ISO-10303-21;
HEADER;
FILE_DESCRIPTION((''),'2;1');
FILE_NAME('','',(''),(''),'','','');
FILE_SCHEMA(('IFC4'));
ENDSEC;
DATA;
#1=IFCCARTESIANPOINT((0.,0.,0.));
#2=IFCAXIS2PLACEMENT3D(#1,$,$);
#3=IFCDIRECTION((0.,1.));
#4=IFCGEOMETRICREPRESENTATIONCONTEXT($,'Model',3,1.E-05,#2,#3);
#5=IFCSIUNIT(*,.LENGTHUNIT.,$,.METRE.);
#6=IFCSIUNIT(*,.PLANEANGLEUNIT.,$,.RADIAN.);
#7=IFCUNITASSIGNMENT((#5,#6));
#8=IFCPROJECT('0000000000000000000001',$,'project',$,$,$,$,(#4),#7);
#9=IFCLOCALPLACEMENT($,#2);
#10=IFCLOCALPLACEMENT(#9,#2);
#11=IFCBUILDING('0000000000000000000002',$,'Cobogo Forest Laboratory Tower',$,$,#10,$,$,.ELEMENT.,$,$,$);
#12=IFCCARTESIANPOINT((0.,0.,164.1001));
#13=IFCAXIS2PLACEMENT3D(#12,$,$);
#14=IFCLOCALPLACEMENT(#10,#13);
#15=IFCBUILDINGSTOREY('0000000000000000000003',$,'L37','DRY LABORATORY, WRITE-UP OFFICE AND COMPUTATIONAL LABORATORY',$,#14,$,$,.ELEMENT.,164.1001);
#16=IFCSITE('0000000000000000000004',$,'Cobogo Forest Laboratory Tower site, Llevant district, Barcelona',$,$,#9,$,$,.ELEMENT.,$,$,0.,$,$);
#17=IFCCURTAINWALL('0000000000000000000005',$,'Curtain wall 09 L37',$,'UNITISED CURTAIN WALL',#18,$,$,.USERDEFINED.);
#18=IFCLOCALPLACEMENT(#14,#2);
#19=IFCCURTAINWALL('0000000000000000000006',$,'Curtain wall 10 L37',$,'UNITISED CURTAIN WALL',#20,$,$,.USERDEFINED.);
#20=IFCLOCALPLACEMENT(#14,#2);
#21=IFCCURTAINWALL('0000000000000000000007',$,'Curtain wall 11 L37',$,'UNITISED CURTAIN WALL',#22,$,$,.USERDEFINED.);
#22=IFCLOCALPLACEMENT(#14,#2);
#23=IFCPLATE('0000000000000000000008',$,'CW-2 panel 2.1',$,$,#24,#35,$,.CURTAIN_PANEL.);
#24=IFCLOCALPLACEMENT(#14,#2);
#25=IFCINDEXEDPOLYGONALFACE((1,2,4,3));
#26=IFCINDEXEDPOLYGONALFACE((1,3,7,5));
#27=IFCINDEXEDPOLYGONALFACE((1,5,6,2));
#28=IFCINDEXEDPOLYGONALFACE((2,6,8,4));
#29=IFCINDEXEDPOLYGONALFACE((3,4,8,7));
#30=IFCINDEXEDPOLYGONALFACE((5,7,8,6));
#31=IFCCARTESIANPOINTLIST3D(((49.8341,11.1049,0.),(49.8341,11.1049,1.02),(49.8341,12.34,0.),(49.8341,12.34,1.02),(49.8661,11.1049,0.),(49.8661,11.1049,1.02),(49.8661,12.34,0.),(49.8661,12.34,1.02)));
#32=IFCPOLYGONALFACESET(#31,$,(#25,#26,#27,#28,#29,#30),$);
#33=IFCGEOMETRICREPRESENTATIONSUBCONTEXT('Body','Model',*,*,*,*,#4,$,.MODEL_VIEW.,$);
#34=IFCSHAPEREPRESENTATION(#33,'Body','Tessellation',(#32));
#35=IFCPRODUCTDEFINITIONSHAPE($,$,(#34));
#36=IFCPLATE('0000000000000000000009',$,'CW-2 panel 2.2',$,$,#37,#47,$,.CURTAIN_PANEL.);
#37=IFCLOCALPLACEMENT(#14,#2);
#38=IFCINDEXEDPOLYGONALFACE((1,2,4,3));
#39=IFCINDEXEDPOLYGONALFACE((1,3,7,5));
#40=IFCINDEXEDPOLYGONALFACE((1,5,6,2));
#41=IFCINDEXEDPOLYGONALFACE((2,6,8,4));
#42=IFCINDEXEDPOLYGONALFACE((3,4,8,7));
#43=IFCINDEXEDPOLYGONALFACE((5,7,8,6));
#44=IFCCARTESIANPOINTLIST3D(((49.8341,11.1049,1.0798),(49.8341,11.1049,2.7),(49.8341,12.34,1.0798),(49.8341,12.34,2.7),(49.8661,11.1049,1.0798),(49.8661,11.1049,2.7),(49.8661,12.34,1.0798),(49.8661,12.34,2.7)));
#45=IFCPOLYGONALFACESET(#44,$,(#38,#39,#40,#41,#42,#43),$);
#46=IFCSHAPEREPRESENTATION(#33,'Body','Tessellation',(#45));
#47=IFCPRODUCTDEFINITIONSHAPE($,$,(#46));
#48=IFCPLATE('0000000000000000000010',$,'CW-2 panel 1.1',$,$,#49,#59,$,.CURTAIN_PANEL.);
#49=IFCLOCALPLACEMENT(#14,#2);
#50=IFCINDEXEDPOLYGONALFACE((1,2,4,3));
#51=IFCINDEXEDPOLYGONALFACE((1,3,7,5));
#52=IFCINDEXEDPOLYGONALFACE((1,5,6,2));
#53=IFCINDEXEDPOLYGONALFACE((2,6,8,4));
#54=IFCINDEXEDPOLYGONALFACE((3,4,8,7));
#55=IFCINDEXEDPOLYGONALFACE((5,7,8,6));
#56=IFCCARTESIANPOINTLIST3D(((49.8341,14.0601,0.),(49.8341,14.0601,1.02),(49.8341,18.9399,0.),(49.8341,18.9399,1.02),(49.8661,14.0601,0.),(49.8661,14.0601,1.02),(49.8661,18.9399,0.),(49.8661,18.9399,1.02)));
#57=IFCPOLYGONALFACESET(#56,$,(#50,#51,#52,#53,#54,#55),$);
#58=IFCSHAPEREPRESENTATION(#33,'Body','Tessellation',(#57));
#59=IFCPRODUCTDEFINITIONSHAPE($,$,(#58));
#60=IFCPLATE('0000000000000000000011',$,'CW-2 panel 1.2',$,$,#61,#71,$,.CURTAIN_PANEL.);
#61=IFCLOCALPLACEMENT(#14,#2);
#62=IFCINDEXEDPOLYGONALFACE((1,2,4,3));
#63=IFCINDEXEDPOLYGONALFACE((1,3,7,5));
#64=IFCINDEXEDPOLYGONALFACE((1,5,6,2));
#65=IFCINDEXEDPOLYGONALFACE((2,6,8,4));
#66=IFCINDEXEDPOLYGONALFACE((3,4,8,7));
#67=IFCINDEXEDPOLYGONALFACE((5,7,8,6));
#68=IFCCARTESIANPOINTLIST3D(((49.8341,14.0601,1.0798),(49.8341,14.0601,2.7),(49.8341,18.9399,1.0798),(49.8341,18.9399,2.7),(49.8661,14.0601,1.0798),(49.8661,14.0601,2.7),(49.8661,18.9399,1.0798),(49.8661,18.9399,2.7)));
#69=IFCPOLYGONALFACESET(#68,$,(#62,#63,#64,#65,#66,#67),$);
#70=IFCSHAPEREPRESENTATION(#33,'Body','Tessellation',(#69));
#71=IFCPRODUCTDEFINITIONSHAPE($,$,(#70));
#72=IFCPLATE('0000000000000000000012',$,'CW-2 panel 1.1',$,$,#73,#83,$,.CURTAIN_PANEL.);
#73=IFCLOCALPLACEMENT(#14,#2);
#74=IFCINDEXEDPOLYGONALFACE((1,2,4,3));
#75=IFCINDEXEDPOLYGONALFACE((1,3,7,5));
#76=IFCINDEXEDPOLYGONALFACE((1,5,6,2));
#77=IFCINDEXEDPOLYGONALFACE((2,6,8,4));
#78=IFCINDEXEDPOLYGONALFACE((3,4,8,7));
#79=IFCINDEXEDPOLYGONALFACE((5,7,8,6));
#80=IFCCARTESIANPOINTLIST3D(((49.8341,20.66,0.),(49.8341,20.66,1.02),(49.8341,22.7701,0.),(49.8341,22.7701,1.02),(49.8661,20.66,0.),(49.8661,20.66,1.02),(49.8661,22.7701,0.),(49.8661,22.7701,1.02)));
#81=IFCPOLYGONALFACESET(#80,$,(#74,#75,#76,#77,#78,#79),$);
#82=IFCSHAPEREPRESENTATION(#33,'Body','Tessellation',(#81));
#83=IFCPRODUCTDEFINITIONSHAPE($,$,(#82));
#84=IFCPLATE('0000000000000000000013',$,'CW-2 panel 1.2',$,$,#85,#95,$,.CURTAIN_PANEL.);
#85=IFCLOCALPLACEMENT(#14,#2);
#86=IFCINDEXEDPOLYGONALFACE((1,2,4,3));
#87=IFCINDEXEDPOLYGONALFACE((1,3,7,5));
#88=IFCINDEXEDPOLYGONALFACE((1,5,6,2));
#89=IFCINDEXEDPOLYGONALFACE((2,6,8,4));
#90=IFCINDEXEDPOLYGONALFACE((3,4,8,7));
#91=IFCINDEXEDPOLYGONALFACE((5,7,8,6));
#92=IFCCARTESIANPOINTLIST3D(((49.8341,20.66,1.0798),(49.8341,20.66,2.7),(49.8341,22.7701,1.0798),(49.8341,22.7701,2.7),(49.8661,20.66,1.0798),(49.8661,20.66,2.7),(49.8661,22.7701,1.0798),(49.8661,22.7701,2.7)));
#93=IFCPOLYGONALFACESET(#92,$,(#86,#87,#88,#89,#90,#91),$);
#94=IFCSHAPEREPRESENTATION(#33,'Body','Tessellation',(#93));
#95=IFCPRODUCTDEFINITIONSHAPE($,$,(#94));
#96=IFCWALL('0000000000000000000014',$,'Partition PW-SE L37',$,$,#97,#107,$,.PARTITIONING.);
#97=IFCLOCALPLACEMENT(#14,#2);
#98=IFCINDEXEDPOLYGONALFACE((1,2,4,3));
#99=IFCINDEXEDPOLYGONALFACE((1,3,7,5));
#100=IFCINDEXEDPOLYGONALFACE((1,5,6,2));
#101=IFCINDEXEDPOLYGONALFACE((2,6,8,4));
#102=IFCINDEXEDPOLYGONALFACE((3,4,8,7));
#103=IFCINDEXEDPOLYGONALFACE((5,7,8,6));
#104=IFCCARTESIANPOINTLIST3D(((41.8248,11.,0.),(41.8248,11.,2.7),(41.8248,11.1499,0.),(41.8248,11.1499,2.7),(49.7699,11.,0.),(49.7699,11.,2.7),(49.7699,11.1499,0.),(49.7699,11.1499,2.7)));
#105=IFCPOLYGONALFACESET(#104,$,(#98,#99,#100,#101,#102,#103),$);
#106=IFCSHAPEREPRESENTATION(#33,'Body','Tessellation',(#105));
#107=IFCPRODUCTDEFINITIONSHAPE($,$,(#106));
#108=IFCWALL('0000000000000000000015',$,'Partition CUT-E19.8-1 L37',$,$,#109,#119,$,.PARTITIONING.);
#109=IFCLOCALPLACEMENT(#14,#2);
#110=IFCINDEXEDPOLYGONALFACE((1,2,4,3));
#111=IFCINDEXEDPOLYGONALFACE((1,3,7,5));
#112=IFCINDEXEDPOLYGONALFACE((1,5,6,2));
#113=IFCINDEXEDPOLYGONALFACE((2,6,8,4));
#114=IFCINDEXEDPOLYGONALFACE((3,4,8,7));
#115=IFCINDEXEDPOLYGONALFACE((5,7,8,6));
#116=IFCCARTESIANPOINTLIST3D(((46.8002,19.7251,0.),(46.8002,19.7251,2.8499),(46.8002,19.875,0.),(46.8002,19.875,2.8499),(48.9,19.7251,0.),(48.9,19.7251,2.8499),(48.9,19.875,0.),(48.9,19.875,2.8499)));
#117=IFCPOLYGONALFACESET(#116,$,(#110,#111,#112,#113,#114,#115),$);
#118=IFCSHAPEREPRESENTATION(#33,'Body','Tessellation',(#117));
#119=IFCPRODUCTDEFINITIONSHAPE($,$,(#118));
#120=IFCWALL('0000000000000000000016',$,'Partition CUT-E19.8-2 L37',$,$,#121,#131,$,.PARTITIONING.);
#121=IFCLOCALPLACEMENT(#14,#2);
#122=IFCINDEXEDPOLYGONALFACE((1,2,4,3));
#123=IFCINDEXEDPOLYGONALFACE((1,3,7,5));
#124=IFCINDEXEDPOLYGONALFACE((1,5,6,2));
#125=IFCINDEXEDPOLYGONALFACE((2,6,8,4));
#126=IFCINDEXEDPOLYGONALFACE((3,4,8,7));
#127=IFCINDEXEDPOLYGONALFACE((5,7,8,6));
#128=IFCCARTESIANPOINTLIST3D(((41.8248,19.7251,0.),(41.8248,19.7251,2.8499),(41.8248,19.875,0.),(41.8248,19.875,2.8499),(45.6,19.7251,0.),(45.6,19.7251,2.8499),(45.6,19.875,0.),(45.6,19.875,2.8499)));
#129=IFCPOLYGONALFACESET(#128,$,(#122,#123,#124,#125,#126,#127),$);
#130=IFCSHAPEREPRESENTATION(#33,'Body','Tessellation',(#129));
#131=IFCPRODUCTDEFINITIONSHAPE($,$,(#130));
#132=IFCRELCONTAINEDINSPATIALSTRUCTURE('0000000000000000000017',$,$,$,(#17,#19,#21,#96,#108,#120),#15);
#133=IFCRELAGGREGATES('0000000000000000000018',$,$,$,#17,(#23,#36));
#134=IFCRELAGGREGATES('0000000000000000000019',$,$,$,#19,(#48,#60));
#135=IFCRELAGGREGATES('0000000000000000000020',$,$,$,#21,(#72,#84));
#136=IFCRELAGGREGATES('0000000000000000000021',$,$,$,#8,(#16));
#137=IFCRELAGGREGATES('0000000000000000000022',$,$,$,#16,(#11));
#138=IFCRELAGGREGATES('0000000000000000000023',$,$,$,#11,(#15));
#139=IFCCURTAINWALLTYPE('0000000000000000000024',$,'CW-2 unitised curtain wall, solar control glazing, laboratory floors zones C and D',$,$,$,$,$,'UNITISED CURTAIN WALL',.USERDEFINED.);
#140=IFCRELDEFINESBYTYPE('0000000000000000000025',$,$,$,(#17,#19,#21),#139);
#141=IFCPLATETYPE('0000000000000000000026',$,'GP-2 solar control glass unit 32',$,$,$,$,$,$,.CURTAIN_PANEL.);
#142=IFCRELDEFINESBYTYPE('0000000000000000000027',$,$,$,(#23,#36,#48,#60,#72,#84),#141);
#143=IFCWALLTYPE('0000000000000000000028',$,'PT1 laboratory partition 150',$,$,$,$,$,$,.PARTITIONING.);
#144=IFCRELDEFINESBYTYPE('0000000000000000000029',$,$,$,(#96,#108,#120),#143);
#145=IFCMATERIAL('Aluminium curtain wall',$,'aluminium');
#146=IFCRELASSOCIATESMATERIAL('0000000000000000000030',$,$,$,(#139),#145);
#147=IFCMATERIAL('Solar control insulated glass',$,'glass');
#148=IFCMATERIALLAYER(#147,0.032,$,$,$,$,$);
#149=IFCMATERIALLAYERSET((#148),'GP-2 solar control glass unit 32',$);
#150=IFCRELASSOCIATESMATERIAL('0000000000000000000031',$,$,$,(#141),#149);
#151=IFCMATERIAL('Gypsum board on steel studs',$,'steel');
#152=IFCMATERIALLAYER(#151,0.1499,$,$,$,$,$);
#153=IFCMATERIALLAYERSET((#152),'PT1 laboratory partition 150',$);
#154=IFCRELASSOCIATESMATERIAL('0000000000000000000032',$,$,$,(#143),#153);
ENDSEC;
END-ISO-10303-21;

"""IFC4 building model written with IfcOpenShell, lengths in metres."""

from ifc_helpers import new_model, si_unit, direction, frame, frame_2d, origin, origin_2d, place, context, subcontext, project, spatial, rectangle, extrude, material, layer, layer_set, type_object, element, aggregate, save


model = new_model("IFC4")

# Units and contexts
model_context = context("Model", 3, precision=1e-05, world=origin(), true_north=direction((0.0, 1.0)))
body_context = subcontext(model_context, "Body", "Model", "MODEL_VIEW")
ifc_project = project(units=[si_unit("LENGTHUNIT", "METRE"), si_unit("PLANEANGLEUNIT", "RADIAN")], contexts=[model_context])

# Site, building, storey
site_placement = place(None, origin())
site = spatial("IfcSite", under=ifc_project, at=site_placement, Name="Cobogo Forest Laboratory Tower site, Llevant district, Barcelona", CompositionType="ELEMENT", RefElevation=0.0)
building_placement = place(site_placement, origin())
building = spatial("IfcBuilding", under=site, at=building_placement, Name="Cobogo Forest Laboratory Tower", CompositionType="ELEMENT")
storey_placement = place(building_placement, frame((0.0, 0.0, 164.1001)))
storey = spatial("IfcBuildingStorey", under=building, at=storey_placement, Name="L37", Description="DRY LABORATORY, WRITE-UP OFFICE AND COMPUTATIONAL LABORATORY", CompositionType="ELEMENT", Elevation=164.1001)

# Curtain walls
ifc_material_1 = material(Name="Aluminium curtain wall", Category="aluminium")
curtain_wall_type = type_object("IfcCurtainWallType", Name="CW-2 unitised curtain wall, solar control glazing, laboratory floors zones C and D", ElementType="UNITISED CURTAIN WALL", PredefinedType="USERDEFINED", material=ifc_material_1)
curtain_wall_1_placement = place(storey_placement, origin())
curtain_wall_1 = element("IfcCurtainWall", 1, at=curtain_wall_1_placement, inside=storey, type_object=curtain_wall_type, Name="Curtain wall 09 L37", ObjectType="UNITISED CURTAIN WALL", PredefinedType="USERDEFINED")
curtain_wall_2_placement = place(storey_placement, origin())
curtain_wall_2 = element("IfcCurtainWall", 2, at=curtain_wall_2_placement, inside=storey, type_object=curtain_wall_type, Name="Curtain wall 10 L37", ObjectType="UNITISED CURTAIN WALL", PredefinedType="USERDEFINED")

# Curtain wall
curtain_wall_3_placement = place(storey_placement, origin())
curtain_wall_3 = element("IfcCurtainWall", 3, at=curtain_wall_3_placement, inside=storey, type_object=curtain_wall_type, Name="Curtain wall 11 L37", ObjectType="UNITISED CURTAIN WALL", PredefinedType="USERDEFINED")

# Plates
ifc_material_2 = material(Name="Solar control insulated glass", Category="glass")
ifc_layer_1 = layer(ifc_material_2, 0.032)
ifc_layer_set_1 = layer_set([ifc_layer_1], Name="GP-2 solar control glass unit 32")
plate_type_1 = type_object("IfcPlateType", Name="GP-2 solar control glass unit 32", PredefinedType="CURTAIN_PANEL", material=ifc_layer_set_1)
plate_1_placement = place(storey_placement, frame((49.8501, 11.7224, 0.0), z_axis=(0.0, 0.0, 1.0), x_axis=(0.0, 1.0, 0.0)))
plate_1 = element("IfcPlate", 4, at=plate_1_placement, type_object=plate_type_1, Name="CW-2 panel 2.1", PredefinedType="CURTAIN_PANEL", context=body_context, shape_type="SweptSolid", body=[
    extrude(rectangle(XDim=1.2351, YDim=0.032, at=origin_2d()), origin(), (0.0, 0.0, 1.0), 1.02),
])
plate_2_placement = place(storey_placement, frame((49.8501, 11.7224, 1.0798), z_axis=(0.0, 0.0, 1.0), x_axis=(0.0, 1.0, 0.0)))
plate_2 = element("IfcPlate", 5, at=plate_2_placement, type_object=plate_type_1, Name="CW-2 panel 2.2", PredefinedType="CURTAIN_PANEL", context=body_context, shape_type="SweptSolid", body=[
    extrude(rectangle(XDim=1.2351, YDim=0.032, at=origin_2d()), origin(), (0.0, 0.0, 1.0), 1.6201),
])
aggregate(curtain_wall_1, [plate_1, plate_2])
plate_3_placement = place(storey_placement, frame((49.8501, 16.5, 0.0), z_axis=(0.0, 0.0, 1.0), x_axis=(0.0, 1.0, 0.0)))
plate_3 = element("IfcPlate", 6, at=plate_3_placement, type_object=plate_type_1, Name="CW-2 panel 1.1", PredefinedType="CURTAIN_PANEL", context=body_context, shape_type="SweptSolid", body=[
    extrude(rectangle(XDim=4.8799, YDim=0.032, at=origin_2d()), origin(), (0.0, 0.0, 1.0), 1.02),
])
plate_4_placement = place(storey_placement, frame((49.8501, 16.5, 1.0798), z_axis=(0.0, 0.0, 1.0), x_axis=(0.0, 1.0, 0.0)))
plate_4 = element("IfcPlate", 7, at=plate_4_placement, type_object=plate_type_1, Name="CW-2 panel 1.2", PredefinedType="CURTAIN_PANEL", context=body_context, shape_type="SweptSolid", body=[
    extrude(rectangle(XDim=4.8799, YDim=0.032, at=origin_2d()), origin(), (0.0, 0.0, 1.0), 1.6201),
])
aggregate(curtain_wall_2, [plate_3, plate_4])
plate_5_placement = place(storey_placement, frame((49.8501, 21.7151, 0.0), z_axis=(0.0, 0.0, 1.0), x_axis=(0.0, 1.0, 0.0)))
plate_5 = element("IfcPlate", 8, at=plate_5_placement, type_object=plate_type_1, Name="CW-2 panel 1.1", PredefinedType="CURTAIN_PANEL", context=body_context, shape_type="SweptSolid", body=[
    extrude(rectangle(XDim=2.1101, YDim=0.032, at=origin_2d()), origin(), (0.0, 0.0, 1.0), 1.02),
])
plate_6_placement = place(storey_placement, frame((49.8501, 21.7151, 1.0798), z_axis=(0.0, 0.0, 1.0), x_axis=(0.0, 1.0, 0.0)))
plate_6 = element("IfcPlate", 9, at=plate_6_placement, type_object=plate_type_1, Name="CW-2 panel 1.2", PredefinedType="CURTAIN_PANEL", context=body_context, shape_type="SweptSolid", body=[
    extrude(rectangle(XDim=2.1101, YDim=0.032, at=origin_2d()), origin(), (0.0, 0.0, 1.0), 1.6201),
])
aggregate(curtain_wall_3, [plate_5, plate_6])

# Walls
ifc_material_3 = material(Name="Gypsum board on steel studs", Category="steel")
ifc_layer_2 = layer(ifc_material_3, 0.1499)
ifc_layer_set_2 = layer_set([ifc_layer_2], Name="PT1 laboratory partition 150")
wall_type_1 = type_object("IfcWallType", Name="PT1 laboratory partition 150", PredefinedType="PARTITIONING", material=ifc_layer_set_2)
wall_1_placement = place(storey_placement, frame((49.77, 11.075, 0.0), z_axis=(0.0, 0.0, 1.0), x_axis=(-1.0, 0.0, 0.0)))
element("IfcWall", 10, at=wall_1_placement, inside=storey, type_object=wall_type_1, Name="Partition PW-SE L37", PredefinedType="PARTITIONING", context=body_context, shape_type="SweptSolid", body=[
    extrude(rectangle(XDim=7.9451, YDim=0.1499, at=frame_2d((3.9727, 0.0))), origin(), (0.0, 0.0, 1.0), 2.7),
])
wall_2_placement = place(storey_placement, frame((48.8999, 19.8, 0.0), z_axis=(0.0, 0.0, 1.0), x_axis=(-1.0, 0.0, 0.0)))
element("IfcWall", 11, at=wall_2_placement, inside=storey, type_object=wall_type_1, Name="Partition CUT-E19.8-1 L37", PredefinedType="PARTITIONING", context=body_context, shape_type="SweptSolid", body=[
    extrude(rectangle(XDim=2.0999, YDim=0.1499, at=frame_2d((1.0498, 0.0))), origin(), (0.0, 0.0, 1.0), 2.8499),
])
wall_3_placement = place(storey_placement, frame((45.6001, 19.8, 0.0), z_axis=(0.0, 0.0, 1.0), x_axis=(-1.0, 0.0, 0.0)))
element("IfcWall", 12, at=wall_3_placement, inside=storey, type_object=wall_type_1, Name="Partition CUT-E19.8-2 L37", PredefinedType="PARTITIONING", context=body_context, shape_type="SweptSolid", body=[
    extrude(rectangle(XDim=3.7751, YDim=0.1499, at=frame_2d((1.8877, 0.0))), origin(), (0.0, 0.0, 1.0), 2.8499),
])

save(model, "model.ifc")
